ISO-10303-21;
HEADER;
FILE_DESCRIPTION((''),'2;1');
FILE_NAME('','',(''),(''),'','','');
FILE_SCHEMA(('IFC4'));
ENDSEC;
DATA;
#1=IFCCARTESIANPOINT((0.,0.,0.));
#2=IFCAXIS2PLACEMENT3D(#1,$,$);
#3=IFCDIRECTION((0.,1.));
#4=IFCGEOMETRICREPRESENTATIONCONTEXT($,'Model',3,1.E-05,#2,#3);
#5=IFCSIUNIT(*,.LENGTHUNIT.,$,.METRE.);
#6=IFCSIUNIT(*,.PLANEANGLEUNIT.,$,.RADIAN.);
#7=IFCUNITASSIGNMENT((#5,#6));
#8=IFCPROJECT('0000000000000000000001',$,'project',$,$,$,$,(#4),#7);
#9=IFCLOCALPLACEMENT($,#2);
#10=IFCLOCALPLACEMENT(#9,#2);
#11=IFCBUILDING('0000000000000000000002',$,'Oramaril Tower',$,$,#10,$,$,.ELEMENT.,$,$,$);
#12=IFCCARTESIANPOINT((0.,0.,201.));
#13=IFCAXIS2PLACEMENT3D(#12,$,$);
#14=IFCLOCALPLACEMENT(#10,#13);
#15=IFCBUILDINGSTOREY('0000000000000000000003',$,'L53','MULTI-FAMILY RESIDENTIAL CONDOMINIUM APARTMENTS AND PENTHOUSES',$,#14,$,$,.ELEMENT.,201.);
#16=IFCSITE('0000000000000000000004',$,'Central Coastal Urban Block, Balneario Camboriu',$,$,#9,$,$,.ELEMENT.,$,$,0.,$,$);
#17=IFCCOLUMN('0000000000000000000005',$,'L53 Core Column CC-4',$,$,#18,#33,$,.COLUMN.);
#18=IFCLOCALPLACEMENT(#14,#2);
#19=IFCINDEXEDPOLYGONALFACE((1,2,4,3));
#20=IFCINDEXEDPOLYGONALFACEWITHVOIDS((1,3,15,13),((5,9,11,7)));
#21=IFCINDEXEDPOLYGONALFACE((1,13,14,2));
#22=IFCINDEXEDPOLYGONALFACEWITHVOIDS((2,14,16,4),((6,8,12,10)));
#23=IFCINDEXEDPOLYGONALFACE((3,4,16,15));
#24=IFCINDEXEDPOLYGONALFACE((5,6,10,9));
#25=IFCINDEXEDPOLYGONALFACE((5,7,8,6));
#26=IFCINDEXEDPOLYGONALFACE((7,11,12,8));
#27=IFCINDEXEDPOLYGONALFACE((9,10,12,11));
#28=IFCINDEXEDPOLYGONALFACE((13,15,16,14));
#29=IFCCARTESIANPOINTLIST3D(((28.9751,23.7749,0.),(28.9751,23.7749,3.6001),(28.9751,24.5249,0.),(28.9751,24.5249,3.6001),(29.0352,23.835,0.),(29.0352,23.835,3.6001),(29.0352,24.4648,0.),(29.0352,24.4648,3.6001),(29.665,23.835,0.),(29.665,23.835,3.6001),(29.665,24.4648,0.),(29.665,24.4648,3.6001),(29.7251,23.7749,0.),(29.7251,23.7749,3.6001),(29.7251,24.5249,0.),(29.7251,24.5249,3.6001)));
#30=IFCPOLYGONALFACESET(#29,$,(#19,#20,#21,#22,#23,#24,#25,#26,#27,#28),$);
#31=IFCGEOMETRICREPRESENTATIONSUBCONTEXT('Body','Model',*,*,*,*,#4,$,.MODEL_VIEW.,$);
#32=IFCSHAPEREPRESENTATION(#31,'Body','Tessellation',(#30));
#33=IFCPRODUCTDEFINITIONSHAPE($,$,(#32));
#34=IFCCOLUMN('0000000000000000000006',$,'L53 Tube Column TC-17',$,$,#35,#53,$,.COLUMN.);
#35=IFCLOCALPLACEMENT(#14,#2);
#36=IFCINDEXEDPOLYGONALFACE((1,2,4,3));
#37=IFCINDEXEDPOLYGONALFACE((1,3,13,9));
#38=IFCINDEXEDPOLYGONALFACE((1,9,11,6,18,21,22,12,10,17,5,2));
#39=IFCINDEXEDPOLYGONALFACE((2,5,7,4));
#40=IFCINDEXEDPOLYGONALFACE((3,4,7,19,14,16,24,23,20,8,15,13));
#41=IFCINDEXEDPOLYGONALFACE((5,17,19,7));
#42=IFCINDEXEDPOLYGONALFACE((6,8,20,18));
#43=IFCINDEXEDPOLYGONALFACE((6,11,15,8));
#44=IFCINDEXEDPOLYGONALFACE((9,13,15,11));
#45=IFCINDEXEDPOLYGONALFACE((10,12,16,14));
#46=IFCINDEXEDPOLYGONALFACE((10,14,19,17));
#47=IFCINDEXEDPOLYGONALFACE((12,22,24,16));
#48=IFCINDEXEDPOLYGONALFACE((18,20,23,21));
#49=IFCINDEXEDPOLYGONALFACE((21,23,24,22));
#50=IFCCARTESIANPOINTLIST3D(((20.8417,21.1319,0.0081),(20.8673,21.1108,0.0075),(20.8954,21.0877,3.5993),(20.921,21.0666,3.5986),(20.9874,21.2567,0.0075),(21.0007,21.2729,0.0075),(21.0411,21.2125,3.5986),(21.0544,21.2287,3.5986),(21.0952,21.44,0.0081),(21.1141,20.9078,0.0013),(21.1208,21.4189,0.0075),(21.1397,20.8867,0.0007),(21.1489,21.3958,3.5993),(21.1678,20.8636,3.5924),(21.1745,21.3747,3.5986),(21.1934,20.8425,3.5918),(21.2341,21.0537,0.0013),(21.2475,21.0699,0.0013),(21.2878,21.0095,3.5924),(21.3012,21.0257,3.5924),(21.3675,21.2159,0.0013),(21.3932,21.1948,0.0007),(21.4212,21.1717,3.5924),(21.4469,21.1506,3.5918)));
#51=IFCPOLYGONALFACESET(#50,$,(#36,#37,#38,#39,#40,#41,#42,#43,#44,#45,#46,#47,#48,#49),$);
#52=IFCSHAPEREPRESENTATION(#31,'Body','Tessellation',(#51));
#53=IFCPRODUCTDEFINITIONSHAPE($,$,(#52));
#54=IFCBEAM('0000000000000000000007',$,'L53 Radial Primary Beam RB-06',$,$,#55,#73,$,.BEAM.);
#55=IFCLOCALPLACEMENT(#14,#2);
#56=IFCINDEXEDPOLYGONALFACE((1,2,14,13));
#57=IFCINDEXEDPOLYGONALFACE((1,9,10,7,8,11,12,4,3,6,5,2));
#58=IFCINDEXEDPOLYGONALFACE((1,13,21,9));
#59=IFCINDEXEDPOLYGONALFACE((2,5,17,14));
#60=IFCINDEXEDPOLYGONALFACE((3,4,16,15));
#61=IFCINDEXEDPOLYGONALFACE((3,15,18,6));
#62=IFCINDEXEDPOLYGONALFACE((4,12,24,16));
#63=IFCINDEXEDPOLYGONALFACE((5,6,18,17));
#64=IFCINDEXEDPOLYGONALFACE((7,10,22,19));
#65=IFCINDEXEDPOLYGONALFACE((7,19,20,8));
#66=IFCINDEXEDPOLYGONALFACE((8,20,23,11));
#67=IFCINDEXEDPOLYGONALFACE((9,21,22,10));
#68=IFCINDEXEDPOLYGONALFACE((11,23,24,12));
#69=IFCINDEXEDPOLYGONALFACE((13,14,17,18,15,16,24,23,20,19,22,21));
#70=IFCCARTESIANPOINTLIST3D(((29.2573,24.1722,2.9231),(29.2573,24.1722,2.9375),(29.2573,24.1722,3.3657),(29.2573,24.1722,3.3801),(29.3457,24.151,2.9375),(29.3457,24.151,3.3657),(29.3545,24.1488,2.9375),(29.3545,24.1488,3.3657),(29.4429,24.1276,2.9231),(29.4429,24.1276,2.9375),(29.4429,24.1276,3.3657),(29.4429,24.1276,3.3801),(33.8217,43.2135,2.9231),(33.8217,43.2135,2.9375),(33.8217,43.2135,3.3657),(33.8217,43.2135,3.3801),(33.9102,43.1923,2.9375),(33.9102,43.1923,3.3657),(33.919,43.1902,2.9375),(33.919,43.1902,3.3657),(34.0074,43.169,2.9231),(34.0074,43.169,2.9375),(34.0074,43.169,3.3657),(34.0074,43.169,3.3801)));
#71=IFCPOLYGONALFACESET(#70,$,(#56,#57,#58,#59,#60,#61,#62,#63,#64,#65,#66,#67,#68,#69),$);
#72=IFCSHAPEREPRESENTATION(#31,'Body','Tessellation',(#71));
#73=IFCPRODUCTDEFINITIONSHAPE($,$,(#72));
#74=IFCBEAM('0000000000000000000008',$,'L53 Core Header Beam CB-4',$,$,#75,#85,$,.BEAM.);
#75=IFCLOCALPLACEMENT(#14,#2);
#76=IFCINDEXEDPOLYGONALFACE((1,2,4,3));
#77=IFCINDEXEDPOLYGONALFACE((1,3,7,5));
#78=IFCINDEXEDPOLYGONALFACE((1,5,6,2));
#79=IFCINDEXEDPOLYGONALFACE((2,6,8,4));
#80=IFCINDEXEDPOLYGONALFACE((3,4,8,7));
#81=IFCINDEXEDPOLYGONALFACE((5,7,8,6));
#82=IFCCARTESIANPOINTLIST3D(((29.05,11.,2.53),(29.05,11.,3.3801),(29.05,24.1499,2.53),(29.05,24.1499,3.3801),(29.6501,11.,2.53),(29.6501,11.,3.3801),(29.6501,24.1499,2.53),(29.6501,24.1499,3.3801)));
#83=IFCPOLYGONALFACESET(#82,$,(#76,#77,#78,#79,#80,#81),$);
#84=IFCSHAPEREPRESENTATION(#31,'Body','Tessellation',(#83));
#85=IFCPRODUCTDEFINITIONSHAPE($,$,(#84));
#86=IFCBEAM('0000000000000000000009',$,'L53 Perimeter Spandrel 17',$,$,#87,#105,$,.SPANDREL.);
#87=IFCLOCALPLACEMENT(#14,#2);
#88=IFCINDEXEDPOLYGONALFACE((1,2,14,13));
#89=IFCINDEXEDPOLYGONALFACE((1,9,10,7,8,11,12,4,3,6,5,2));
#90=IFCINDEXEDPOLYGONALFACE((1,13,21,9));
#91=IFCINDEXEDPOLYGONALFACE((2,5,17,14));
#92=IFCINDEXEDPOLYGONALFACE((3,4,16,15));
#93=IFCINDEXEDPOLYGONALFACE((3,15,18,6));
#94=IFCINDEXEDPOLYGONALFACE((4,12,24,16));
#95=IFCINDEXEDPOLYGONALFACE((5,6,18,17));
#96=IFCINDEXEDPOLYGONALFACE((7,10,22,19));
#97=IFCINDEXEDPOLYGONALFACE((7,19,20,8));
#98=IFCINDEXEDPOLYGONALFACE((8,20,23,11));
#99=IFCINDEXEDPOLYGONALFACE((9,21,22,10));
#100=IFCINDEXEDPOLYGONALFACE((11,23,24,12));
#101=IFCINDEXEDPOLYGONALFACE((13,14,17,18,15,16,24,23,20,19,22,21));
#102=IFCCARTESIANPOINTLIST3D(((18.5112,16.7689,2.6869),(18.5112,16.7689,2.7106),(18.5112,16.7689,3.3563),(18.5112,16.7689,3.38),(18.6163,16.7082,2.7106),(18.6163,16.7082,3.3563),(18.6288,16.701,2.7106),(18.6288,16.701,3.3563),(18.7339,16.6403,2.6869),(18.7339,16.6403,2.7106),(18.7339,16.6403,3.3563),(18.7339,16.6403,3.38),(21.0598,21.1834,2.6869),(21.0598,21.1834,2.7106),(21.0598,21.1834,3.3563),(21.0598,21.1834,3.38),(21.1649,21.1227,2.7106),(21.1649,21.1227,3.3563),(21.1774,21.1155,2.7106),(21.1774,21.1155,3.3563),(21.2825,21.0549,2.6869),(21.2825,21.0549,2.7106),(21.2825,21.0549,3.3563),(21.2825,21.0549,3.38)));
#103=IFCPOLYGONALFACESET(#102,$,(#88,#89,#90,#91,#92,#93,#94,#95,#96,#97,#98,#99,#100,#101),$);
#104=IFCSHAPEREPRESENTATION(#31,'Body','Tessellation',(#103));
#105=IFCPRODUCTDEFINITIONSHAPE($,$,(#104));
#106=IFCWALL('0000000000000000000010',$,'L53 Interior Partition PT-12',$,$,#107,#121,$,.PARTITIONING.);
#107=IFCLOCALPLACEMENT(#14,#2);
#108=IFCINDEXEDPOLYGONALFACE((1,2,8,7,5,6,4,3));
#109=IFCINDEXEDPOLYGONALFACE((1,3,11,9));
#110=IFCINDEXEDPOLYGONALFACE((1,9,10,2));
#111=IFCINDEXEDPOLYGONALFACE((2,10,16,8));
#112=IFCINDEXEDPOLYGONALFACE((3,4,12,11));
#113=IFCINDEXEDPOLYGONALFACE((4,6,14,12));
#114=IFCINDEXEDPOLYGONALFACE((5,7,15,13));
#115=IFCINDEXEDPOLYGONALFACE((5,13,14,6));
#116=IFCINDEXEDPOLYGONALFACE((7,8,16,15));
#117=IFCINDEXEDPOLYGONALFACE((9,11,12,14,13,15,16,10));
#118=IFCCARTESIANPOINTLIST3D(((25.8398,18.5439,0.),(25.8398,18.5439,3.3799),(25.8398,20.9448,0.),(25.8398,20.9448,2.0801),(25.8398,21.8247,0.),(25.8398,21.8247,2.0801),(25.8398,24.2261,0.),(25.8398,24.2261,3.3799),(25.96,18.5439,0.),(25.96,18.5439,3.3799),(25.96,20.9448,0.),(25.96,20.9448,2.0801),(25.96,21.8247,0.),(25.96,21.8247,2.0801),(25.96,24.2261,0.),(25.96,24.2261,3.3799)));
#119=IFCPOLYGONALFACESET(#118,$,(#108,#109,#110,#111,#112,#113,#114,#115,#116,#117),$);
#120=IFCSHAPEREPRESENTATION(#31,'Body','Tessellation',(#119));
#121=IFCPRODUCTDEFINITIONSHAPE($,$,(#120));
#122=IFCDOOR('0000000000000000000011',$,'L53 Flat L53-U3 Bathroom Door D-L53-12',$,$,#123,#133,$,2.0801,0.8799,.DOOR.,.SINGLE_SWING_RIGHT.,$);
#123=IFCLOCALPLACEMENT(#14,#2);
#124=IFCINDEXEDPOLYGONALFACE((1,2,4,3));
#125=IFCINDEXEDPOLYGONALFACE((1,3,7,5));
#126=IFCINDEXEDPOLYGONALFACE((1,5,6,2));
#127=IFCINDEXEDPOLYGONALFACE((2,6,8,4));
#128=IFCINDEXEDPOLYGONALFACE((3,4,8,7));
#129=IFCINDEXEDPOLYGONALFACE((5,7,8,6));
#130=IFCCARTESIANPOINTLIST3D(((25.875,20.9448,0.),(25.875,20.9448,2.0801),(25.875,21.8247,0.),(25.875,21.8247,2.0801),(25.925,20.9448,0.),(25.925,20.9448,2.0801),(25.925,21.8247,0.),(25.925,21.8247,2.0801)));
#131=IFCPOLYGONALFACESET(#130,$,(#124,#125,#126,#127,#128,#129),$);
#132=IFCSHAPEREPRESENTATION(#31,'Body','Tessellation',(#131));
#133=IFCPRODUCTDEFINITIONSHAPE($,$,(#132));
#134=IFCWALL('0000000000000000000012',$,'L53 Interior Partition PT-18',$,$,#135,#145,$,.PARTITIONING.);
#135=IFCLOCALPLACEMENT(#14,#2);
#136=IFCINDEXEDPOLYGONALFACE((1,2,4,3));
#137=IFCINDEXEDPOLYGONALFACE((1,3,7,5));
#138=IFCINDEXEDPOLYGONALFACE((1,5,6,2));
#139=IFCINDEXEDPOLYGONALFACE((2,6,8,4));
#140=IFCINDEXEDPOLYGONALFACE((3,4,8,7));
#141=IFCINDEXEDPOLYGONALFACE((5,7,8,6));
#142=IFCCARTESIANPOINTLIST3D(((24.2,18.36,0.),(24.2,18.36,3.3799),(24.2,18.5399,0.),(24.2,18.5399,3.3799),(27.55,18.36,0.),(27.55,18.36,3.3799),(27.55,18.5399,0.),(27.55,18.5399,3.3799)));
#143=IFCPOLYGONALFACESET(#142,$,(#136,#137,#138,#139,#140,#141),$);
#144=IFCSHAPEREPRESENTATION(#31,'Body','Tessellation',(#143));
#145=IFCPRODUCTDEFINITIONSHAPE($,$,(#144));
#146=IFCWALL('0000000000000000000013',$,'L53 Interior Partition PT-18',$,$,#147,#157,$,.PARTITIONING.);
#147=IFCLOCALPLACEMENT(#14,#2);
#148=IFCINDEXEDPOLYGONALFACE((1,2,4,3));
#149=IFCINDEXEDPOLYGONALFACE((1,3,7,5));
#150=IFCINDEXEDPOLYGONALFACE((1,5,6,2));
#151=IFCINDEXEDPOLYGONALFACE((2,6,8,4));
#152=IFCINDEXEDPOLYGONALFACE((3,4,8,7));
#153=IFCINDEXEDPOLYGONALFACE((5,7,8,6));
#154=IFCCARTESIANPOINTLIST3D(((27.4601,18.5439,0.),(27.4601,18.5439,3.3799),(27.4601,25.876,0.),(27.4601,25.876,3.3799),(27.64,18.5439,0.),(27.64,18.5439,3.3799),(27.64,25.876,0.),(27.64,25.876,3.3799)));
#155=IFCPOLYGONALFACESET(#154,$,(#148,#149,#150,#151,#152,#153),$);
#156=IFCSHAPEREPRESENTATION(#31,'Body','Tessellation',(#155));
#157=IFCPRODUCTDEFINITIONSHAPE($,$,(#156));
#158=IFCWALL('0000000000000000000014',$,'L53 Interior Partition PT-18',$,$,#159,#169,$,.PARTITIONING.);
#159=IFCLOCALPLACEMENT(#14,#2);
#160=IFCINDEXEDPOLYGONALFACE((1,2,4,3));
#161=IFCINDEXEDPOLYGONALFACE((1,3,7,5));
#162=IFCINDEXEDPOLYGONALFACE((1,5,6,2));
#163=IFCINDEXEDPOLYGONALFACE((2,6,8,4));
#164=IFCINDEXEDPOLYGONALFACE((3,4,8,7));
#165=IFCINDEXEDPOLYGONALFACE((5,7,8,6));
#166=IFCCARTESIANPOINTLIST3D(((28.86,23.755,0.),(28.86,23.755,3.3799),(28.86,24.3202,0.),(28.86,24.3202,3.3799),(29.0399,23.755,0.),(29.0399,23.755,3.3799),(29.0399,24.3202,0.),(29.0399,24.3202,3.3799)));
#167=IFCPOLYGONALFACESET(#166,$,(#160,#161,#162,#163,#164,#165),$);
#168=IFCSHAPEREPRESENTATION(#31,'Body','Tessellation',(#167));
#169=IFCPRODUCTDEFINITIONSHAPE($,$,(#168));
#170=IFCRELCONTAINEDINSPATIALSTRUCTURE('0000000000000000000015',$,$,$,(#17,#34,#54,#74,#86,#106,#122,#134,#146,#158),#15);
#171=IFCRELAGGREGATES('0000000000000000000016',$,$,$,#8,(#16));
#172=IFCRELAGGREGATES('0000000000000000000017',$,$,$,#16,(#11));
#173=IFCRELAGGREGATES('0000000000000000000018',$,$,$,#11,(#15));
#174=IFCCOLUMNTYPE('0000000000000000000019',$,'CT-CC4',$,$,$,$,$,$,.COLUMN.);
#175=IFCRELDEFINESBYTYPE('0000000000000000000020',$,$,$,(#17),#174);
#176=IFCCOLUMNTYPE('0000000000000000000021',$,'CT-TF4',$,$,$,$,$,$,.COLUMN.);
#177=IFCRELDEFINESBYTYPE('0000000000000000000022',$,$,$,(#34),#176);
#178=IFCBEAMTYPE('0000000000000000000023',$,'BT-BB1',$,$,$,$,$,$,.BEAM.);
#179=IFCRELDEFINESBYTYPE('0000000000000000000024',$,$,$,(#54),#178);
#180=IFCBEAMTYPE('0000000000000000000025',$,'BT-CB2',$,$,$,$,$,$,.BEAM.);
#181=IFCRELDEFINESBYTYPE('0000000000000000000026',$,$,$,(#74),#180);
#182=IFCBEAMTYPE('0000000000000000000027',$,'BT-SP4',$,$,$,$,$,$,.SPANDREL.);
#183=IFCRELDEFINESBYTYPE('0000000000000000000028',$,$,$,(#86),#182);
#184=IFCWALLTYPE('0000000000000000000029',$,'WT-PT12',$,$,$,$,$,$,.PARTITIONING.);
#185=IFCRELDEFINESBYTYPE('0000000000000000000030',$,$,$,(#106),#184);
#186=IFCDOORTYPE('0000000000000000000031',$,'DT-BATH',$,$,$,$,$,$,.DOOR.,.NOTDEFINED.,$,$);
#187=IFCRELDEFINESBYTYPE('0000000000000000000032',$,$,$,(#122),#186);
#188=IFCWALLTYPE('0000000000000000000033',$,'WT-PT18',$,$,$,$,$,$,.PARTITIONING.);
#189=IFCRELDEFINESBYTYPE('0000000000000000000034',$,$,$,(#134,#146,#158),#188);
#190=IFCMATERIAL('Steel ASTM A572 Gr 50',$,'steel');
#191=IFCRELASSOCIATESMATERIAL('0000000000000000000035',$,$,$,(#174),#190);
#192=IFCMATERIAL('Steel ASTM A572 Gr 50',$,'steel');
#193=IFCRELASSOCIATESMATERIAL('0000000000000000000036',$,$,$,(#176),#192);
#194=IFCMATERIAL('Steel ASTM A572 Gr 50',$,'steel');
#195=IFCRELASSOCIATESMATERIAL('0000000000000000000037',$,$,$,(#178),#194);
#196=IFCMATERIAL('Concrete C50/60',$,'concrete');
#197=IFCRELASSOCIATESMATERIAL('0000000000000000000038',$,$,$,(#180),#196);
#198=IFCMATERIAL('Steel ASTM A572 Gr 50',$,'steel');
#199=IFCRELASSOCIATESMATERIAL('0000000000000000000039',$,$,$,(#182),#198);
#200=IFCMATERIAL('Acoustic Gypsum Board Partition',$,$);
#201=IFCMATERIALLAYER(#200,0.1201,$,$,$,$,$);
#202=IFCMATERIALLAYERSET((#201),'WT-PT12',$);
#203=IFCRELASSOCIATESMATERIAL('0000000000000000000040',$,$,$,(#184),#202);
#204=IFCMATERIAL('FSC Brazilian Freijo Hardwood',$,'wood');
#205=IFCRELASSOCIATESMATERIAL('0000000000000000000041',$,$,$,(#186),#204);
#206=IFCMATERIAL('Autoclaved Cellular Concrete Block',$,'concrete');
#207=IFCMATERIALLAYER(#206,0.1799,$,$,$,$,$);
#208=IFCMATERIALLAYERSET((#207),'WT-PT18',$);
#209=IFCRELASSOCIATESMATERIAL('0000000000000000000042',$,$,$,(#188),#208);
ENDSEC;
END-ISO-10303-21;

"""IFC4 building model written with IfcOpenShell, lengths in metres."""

from ifc_helpers import new_model, si_unit, direction, frame, frame_2d, origin, origin_2d, place, context, subcontext, project, spatial, rectangle, hollow_rectangle, i_section, extrude, material, layer, layer_set, material_profile, profile_set, type_object, element, fill, save


model = new_model("IFC4")

# Units and contexts
model_context = context("Model", 3, precision=1e-05, world=origin(), true_north=direction((0.0, 1.0)))
body_context = subcontext(model_context, "Body", "Model", "MODEL_VIEW")
ifc_project = project(units=[si_unit("LENGTHUNIT", "METRE"), si_unit("PLANEANGLEUNIT", "RADIAN")], contexts=[model_context])

# Site, building, storey
site_placement = place(None, origin())
site = spatial("IfcSite", under=ifc_project, at=site_placement, Name="Central Coastal Urban Block, Balneario Camboriu", CompositionType="ELEMENT", RefElevation=0.0)
building_placement = place(site_placement, origin())
building = spatial("IfcBuilding", under=site, at=building_placement, Name="Oramaril Tower", CompositionType="ELEMENT")
storey_placement = place(building_placement, frame((0.0, 0.0, 201.0)))
storey = spatial("IfcBuildingStorey", under=building, at=storey_placement, Name="L53", Description="MULTI-FAMILY RESIDENTIAL CONDOMINIUM APARTMENTS AND PENTHOUSES", CompositionType="ELEMENT", Elevation=201.0)

# Columns
ifc_material_1 = material(Name="Steel ASTM A572 Gr 50", Category="steel")
ifc_material_profile_1 = material_profile(ifc_material_1, hollow_rectangle(XDim=0.75, YDim=0.75, WallThickness=0.0601, at=origin_2d()), Name="BOX750X750X60")
ifc_profile_set_1 = profile_set([ifc_material_profile_1], Name="Steel ASTM A572 Gr 50")
column_type_1 = type_object("IfcColumnType", Name="CT-CC4", PredefinedType="COLUMN", material=ifc_profile_set_1)
column_1_placement = place(storey_placement, frame((29.3501, 24.1499, 0.0), z_axis=(0.0, 0.0, 1.0), x_axis=(1.0, 0.0, 0.0)))
element("IfcColumn", 1, at=column_1_placement, inside=storey, type_object=column_type_1, Name="L53 Core Column CC-4", PredefinedType="COLUMN", context=body_context, shape_type="SweptSolid", body=[
    extrude(hollow_rectangle(XDim=0.75, YDim=0.75, WallThickness=0.0601, at=origin_2d()), origin(), (0.0, 0.0, 1.0), 3.6001),
])
ifc_material_2 = material(Name="Steel ASTM A572 Gr 50", Category="steel")
ifc_material_profile_2 = material_profile(ifc_material_2, i_section(OverallWidth=0.3989, OverallDepth=0.386, WebThickness=0.021, FlangeThickness=0.0332, at=origin_2d()), Name="W14X176")
ifc_profile_set_2 = profile_set([ifc_material_profile_2], Name="Steel ASTM A572 Gr 50")
column_type_2 = type_object("IfcColumnType", Name="CT-TF4", PredefinedType="COLUMN", material=ifc_profile_set_2)
column_2_placement = place(storey_placement, frame((21.1174, 21.1633, 0.0044), z_axis=(0.014954, -0.012303, 0.999812), x_axis=(0.635338, 0.772234, 0.0)))
element("IfcColumn", 2, at=column_2_placement, inside=storey, type_object=column_type_2, Name="L53 Tube Column TC-17", PredefinedType="COLUMN", context=body_context, shape_type="SweptSolid", body=[
    extrude(i_section(OverallWidth=0.3989, OverallDepth=0.386, WebThickness=0.021, FlangeThickness=0.0332, at=origin_2d()), origin(), (0.0, 0.0, 1.0), 3.5918),
])

# Beams
ifc_material_3 = material(Name="Steel ASTM A572 Gr 50", Category="steel")
ifc_material_profile_3 = material_profile(ifc_material_3, i_section(OverallWidth=0.1909, OverallDepth=0.457, WebThickness=0.009, FlangeThickness=0.0144, at=origin_2d()), Name="W18X50")
ifc_profile_set_3 = profile_set([ifc_material_profile_3], Name="Steel ASTM A572 Gr 50")
beam_type_1 = type_object("IfcBeamType", Name="BT-BB1", PredefinedType="BEAM", material=ifc_profile_set_3)
beam_1_placement = place(storey_placement, frame((29.3501, 24.1499, 3.1516), z_axis=(0.23311, 0.97245, 0.0), x_axis=(-0.97245, 0.23311, 0.0)))
element("IfcBeam", 3, at=beam_1_placement, inside=storey, type_object=beam_type_1, Name="L53 Radial Primary Beam RB-06", PredefinedType="BEAM", context=body_context, shape_type="SweptSolid", body=[
    extrude(i_section(OverallWidth=0.1909, OverallDepth=0.457, WebThickness=0.009, FlangeThickness=0.0144, at=origin_2d()), origin(), (0.0, 0.0, 1.0), 19.5808),
])
ifc_material_4 = material(Name="Concrete C50/60", Category="concrete")
ifc_material_profile_4 = material_profile(ifc_material_4, rectangle(XDim=0.6001, YDim=0.8501, at=origin_2d()), Name="CB600X850")
ifc_profile_set_4 = profile_set([ifc_material_profile_4], Name="Concrete C50/60")
beam_type_2 = type_object("IfcBeamType", Name="BT-CB2", PredefinedType="BEAM", material=ifc_profile_set_4)
beam_2_placement = place(storey_placement, frame((29.3501, 24.1499, 2.9551), z_axis=(0.0, -1.0, 0.0), x_axis=(1.0, 0.0, 0.0)))
element("IfcBeam", 4, at=beam_2_placement, inside=storey, type_object=beam_type_2, Name="L53 Core Header Beam CB-4", PredefinedType="BEAM", context=body_context, shape_type="SweptSolid", body=[
    extrude(rectangle(XDim=0.6001, YDim=0.8501, at=origin_2d()), origin(), (0.0, 0.0, 1.0), 13.1499),
])
ifc_material_5 = material(Name="Steel ASTM A572 Gr 50", Category="steel")
ifc_material_profile_5 = material_profile(ifc_material_5, i_section(OverallWidth=0.2571, OverallDepth=0.6931, WebThickness=0.0144, FlangeThickness=0.0237, at=origin_2d()), Name="W27X114")
ifc_profile_set_5 = profile_set([ifc_material_profile_5], Name="Steel ASTM A572 Gr 50")
beam_type_3 = type_object("IfcBeamType", Name="BT-SP4", PredefinedType="SPANDREL", material=ifc_profile_set_5)
beam_3_placement = place(storey_placement, frame((21.1711, 21.1191, 3.0334), z_axis=(-0.499977, -0.866039, 0.0), x_axis=(0.866039, -0.499977, 0.0)))
element("IfcBeam", 5, at=beam_3_placement, inside=storey, type_object=beam_type_3, Name="L53 Perimeter Spandrel 17", PredefinedType="SPANDREL", context=body_context, shape_type="SweptSolid", body=[
    extrude(i_section(OverallWidth=0.2571, OverallDepth=0.6931, WebThickness=0.0144, FlangeThickness=0.0237, at=origin_2d()), origin(), (0.0, 0.0, 1.0), 5.0974),
])

# Wall, opening, door
ifc_material_6 = material(Name="Acoustic Gypsum Board Partition")
ifc_layer_1 = layer(ifc_material_6, 0.1201)
ifc_layer_set_1 = layer_set([ifc_layer_1], Name="WT-PT12")
wall_type_1 = type_object("IfcWallType", Name="WT-PT12", PredefinedType="PARTITIONING", material=ifc_layer_set_1)
wall_1_placement = place(storey_placement, frame((25.8999, 18.5439, 0.0), z_axis=(0.0, 0.0, 1.0), x_axis=(0.0, 1.0, 0.0)))
wall_1 = element("IfcWall", 6, at=wall_1_placement, inside=storey, type_object=wall_type_1, Name="L53 Interior Partition PT-12", PredefinedType="PARTITIONING", context=body_context, shape_type="SweptSolid", body=[
    extrude(rectangle(XDim=5.6821, YDim=0.1201, at=frame_2d((2.8411, 0.0))), origin(), (0.0, 0.0, 1.0), 3.3799),
])
opening_1_placement = place(wall_1_placement, frame((2.4009, 0.0, 0.0)))
opening_1 = element("IfcOpeningElement", 7, at=opening_1_placement, cuts=wall_1, PredefinedType="OPENING", context=body_context, shape_type="SweptSolid", body=[
    extrude(rectangle(XDim=0.8799, YDim=2.0801, at=frame_2d((0.4399, 1.04))), frame((0.0, 0.0601, 0.0), z_axis=(0.0, -1.0, 0.0), x_axis=(1.0, 0.0, 0.0)), (0.0, 0.0, 1.0), 0.1201),
])
ifc_material_7 = material(Name="FSC Brazilian Freijo Hardwood", Category="wood")
door_type_1 = type_object("IfcDoorType", Name="DT-BATH", OperationType="NOTDEFINED", PredefinedType="DOOR", material=ifc_material_7)
door_1_placement = place(opening_1_placement, origin())
door_1 = element("IfcDoor", 8, at=door_1_placement, inside=storey, type_object=door_type_1, Name="L53 Flat L53-U3 Bathroom Door D-L53-12", OperationType="SINGLE_SWING_RIGHT", OverallHeight=2.0801, OverallWidth=0.8799, PredefinedType="DOOR", context=body_context, shape_type="SweptSolid", body=[
    extrude(rectangle(XDim=0.8799, YDim=2.0801, at=frame_2d((0.4399, 1.04))), frame((0.0, 0.0249, 0.0), z_axis=(0.0, -1.0, 0.0), x_axis=(1.0, 0.0, 0.0)), (0.0, 0.0, 1.0), 0.05),
])
fill(opening_1, door_1)

# Walls
ifc_material_8 = material(Name="Autoclaved Cellular Concrete Block", Category="concrete")
ifc_layer_2 = layer(ifc_material_8, 0.1799)
ifc_layer_set_2 = layer_set([ifc_layer_2], Name="WT-PT18")
wall_type_2 = type_object("IfcWallType", Name="WT-PT18", PredefinedType="PARTITIONING", material=ifc_layer_set_2)
wall_2_placement = place(storey_placement, frame((24.2, 18.45, 0.0), z_axis=(0.0, 0.0, 1.0), x_axis=(1.0, 0.0, 0.0)))
element("IfcWall", 9, at=wall_2_placement, inside=storey, type_object=wall_type_2, Name="L53 Interior Partition PT-18", PredefinedType="PARTITIONING", context=body_context, shape_type="SweptSolid", body=[
    extrude(rectangle(XDim=3.3501, YDim=0.1799, at=frame_2d((1.675, 0.0))), origin(), (0.0, 0.0, 1.0), 3.3799),
])
wall_3_placement = place(storey_placement, frame((27.55, 18.5439, 0.0), z_axis=(0.0, 0.0, 1.0), x_axis=(0.0, 1.0, 0.0)))
element("IfcWall", 10, at=wall_3_placement, inside=storey, type_object=wall_type_2, Name="L53 Interior Partition PT-18", PredefinedType="PARTITIONING", context=body_context, shape_type="SweptSolid", body=[
    extrude(rectangle(XDim=7.332, YDim=0.1799, at=frame_2d((3.666, 0.0))), origin(), (0.0, 0.0, 1.0), 3.3799),
])
wall_4_placement = place(storey_placement, frame((28.95, 23.7549, 0.0), z_axis=(0.0, 0.0, 1.0), x_axis=(0.0, 1.0, 0.0)))
element("IfcWall", 11, at=wall_4_placement, inside=storey, type_object=wall_type_2, Name="L53 Interior Partition PT-18", PredefinedType="PARTITIONING", context=body_context, shape_type="SweptSolid", body=[
    extrude(rectangle(XDim=0.5652, YDim=0.1799, at=frame_2d((0.2827, 0.0))), origin(), (0.0, 0.0, 1.0), 3.3799),
])

save(model, "model.ifc")
